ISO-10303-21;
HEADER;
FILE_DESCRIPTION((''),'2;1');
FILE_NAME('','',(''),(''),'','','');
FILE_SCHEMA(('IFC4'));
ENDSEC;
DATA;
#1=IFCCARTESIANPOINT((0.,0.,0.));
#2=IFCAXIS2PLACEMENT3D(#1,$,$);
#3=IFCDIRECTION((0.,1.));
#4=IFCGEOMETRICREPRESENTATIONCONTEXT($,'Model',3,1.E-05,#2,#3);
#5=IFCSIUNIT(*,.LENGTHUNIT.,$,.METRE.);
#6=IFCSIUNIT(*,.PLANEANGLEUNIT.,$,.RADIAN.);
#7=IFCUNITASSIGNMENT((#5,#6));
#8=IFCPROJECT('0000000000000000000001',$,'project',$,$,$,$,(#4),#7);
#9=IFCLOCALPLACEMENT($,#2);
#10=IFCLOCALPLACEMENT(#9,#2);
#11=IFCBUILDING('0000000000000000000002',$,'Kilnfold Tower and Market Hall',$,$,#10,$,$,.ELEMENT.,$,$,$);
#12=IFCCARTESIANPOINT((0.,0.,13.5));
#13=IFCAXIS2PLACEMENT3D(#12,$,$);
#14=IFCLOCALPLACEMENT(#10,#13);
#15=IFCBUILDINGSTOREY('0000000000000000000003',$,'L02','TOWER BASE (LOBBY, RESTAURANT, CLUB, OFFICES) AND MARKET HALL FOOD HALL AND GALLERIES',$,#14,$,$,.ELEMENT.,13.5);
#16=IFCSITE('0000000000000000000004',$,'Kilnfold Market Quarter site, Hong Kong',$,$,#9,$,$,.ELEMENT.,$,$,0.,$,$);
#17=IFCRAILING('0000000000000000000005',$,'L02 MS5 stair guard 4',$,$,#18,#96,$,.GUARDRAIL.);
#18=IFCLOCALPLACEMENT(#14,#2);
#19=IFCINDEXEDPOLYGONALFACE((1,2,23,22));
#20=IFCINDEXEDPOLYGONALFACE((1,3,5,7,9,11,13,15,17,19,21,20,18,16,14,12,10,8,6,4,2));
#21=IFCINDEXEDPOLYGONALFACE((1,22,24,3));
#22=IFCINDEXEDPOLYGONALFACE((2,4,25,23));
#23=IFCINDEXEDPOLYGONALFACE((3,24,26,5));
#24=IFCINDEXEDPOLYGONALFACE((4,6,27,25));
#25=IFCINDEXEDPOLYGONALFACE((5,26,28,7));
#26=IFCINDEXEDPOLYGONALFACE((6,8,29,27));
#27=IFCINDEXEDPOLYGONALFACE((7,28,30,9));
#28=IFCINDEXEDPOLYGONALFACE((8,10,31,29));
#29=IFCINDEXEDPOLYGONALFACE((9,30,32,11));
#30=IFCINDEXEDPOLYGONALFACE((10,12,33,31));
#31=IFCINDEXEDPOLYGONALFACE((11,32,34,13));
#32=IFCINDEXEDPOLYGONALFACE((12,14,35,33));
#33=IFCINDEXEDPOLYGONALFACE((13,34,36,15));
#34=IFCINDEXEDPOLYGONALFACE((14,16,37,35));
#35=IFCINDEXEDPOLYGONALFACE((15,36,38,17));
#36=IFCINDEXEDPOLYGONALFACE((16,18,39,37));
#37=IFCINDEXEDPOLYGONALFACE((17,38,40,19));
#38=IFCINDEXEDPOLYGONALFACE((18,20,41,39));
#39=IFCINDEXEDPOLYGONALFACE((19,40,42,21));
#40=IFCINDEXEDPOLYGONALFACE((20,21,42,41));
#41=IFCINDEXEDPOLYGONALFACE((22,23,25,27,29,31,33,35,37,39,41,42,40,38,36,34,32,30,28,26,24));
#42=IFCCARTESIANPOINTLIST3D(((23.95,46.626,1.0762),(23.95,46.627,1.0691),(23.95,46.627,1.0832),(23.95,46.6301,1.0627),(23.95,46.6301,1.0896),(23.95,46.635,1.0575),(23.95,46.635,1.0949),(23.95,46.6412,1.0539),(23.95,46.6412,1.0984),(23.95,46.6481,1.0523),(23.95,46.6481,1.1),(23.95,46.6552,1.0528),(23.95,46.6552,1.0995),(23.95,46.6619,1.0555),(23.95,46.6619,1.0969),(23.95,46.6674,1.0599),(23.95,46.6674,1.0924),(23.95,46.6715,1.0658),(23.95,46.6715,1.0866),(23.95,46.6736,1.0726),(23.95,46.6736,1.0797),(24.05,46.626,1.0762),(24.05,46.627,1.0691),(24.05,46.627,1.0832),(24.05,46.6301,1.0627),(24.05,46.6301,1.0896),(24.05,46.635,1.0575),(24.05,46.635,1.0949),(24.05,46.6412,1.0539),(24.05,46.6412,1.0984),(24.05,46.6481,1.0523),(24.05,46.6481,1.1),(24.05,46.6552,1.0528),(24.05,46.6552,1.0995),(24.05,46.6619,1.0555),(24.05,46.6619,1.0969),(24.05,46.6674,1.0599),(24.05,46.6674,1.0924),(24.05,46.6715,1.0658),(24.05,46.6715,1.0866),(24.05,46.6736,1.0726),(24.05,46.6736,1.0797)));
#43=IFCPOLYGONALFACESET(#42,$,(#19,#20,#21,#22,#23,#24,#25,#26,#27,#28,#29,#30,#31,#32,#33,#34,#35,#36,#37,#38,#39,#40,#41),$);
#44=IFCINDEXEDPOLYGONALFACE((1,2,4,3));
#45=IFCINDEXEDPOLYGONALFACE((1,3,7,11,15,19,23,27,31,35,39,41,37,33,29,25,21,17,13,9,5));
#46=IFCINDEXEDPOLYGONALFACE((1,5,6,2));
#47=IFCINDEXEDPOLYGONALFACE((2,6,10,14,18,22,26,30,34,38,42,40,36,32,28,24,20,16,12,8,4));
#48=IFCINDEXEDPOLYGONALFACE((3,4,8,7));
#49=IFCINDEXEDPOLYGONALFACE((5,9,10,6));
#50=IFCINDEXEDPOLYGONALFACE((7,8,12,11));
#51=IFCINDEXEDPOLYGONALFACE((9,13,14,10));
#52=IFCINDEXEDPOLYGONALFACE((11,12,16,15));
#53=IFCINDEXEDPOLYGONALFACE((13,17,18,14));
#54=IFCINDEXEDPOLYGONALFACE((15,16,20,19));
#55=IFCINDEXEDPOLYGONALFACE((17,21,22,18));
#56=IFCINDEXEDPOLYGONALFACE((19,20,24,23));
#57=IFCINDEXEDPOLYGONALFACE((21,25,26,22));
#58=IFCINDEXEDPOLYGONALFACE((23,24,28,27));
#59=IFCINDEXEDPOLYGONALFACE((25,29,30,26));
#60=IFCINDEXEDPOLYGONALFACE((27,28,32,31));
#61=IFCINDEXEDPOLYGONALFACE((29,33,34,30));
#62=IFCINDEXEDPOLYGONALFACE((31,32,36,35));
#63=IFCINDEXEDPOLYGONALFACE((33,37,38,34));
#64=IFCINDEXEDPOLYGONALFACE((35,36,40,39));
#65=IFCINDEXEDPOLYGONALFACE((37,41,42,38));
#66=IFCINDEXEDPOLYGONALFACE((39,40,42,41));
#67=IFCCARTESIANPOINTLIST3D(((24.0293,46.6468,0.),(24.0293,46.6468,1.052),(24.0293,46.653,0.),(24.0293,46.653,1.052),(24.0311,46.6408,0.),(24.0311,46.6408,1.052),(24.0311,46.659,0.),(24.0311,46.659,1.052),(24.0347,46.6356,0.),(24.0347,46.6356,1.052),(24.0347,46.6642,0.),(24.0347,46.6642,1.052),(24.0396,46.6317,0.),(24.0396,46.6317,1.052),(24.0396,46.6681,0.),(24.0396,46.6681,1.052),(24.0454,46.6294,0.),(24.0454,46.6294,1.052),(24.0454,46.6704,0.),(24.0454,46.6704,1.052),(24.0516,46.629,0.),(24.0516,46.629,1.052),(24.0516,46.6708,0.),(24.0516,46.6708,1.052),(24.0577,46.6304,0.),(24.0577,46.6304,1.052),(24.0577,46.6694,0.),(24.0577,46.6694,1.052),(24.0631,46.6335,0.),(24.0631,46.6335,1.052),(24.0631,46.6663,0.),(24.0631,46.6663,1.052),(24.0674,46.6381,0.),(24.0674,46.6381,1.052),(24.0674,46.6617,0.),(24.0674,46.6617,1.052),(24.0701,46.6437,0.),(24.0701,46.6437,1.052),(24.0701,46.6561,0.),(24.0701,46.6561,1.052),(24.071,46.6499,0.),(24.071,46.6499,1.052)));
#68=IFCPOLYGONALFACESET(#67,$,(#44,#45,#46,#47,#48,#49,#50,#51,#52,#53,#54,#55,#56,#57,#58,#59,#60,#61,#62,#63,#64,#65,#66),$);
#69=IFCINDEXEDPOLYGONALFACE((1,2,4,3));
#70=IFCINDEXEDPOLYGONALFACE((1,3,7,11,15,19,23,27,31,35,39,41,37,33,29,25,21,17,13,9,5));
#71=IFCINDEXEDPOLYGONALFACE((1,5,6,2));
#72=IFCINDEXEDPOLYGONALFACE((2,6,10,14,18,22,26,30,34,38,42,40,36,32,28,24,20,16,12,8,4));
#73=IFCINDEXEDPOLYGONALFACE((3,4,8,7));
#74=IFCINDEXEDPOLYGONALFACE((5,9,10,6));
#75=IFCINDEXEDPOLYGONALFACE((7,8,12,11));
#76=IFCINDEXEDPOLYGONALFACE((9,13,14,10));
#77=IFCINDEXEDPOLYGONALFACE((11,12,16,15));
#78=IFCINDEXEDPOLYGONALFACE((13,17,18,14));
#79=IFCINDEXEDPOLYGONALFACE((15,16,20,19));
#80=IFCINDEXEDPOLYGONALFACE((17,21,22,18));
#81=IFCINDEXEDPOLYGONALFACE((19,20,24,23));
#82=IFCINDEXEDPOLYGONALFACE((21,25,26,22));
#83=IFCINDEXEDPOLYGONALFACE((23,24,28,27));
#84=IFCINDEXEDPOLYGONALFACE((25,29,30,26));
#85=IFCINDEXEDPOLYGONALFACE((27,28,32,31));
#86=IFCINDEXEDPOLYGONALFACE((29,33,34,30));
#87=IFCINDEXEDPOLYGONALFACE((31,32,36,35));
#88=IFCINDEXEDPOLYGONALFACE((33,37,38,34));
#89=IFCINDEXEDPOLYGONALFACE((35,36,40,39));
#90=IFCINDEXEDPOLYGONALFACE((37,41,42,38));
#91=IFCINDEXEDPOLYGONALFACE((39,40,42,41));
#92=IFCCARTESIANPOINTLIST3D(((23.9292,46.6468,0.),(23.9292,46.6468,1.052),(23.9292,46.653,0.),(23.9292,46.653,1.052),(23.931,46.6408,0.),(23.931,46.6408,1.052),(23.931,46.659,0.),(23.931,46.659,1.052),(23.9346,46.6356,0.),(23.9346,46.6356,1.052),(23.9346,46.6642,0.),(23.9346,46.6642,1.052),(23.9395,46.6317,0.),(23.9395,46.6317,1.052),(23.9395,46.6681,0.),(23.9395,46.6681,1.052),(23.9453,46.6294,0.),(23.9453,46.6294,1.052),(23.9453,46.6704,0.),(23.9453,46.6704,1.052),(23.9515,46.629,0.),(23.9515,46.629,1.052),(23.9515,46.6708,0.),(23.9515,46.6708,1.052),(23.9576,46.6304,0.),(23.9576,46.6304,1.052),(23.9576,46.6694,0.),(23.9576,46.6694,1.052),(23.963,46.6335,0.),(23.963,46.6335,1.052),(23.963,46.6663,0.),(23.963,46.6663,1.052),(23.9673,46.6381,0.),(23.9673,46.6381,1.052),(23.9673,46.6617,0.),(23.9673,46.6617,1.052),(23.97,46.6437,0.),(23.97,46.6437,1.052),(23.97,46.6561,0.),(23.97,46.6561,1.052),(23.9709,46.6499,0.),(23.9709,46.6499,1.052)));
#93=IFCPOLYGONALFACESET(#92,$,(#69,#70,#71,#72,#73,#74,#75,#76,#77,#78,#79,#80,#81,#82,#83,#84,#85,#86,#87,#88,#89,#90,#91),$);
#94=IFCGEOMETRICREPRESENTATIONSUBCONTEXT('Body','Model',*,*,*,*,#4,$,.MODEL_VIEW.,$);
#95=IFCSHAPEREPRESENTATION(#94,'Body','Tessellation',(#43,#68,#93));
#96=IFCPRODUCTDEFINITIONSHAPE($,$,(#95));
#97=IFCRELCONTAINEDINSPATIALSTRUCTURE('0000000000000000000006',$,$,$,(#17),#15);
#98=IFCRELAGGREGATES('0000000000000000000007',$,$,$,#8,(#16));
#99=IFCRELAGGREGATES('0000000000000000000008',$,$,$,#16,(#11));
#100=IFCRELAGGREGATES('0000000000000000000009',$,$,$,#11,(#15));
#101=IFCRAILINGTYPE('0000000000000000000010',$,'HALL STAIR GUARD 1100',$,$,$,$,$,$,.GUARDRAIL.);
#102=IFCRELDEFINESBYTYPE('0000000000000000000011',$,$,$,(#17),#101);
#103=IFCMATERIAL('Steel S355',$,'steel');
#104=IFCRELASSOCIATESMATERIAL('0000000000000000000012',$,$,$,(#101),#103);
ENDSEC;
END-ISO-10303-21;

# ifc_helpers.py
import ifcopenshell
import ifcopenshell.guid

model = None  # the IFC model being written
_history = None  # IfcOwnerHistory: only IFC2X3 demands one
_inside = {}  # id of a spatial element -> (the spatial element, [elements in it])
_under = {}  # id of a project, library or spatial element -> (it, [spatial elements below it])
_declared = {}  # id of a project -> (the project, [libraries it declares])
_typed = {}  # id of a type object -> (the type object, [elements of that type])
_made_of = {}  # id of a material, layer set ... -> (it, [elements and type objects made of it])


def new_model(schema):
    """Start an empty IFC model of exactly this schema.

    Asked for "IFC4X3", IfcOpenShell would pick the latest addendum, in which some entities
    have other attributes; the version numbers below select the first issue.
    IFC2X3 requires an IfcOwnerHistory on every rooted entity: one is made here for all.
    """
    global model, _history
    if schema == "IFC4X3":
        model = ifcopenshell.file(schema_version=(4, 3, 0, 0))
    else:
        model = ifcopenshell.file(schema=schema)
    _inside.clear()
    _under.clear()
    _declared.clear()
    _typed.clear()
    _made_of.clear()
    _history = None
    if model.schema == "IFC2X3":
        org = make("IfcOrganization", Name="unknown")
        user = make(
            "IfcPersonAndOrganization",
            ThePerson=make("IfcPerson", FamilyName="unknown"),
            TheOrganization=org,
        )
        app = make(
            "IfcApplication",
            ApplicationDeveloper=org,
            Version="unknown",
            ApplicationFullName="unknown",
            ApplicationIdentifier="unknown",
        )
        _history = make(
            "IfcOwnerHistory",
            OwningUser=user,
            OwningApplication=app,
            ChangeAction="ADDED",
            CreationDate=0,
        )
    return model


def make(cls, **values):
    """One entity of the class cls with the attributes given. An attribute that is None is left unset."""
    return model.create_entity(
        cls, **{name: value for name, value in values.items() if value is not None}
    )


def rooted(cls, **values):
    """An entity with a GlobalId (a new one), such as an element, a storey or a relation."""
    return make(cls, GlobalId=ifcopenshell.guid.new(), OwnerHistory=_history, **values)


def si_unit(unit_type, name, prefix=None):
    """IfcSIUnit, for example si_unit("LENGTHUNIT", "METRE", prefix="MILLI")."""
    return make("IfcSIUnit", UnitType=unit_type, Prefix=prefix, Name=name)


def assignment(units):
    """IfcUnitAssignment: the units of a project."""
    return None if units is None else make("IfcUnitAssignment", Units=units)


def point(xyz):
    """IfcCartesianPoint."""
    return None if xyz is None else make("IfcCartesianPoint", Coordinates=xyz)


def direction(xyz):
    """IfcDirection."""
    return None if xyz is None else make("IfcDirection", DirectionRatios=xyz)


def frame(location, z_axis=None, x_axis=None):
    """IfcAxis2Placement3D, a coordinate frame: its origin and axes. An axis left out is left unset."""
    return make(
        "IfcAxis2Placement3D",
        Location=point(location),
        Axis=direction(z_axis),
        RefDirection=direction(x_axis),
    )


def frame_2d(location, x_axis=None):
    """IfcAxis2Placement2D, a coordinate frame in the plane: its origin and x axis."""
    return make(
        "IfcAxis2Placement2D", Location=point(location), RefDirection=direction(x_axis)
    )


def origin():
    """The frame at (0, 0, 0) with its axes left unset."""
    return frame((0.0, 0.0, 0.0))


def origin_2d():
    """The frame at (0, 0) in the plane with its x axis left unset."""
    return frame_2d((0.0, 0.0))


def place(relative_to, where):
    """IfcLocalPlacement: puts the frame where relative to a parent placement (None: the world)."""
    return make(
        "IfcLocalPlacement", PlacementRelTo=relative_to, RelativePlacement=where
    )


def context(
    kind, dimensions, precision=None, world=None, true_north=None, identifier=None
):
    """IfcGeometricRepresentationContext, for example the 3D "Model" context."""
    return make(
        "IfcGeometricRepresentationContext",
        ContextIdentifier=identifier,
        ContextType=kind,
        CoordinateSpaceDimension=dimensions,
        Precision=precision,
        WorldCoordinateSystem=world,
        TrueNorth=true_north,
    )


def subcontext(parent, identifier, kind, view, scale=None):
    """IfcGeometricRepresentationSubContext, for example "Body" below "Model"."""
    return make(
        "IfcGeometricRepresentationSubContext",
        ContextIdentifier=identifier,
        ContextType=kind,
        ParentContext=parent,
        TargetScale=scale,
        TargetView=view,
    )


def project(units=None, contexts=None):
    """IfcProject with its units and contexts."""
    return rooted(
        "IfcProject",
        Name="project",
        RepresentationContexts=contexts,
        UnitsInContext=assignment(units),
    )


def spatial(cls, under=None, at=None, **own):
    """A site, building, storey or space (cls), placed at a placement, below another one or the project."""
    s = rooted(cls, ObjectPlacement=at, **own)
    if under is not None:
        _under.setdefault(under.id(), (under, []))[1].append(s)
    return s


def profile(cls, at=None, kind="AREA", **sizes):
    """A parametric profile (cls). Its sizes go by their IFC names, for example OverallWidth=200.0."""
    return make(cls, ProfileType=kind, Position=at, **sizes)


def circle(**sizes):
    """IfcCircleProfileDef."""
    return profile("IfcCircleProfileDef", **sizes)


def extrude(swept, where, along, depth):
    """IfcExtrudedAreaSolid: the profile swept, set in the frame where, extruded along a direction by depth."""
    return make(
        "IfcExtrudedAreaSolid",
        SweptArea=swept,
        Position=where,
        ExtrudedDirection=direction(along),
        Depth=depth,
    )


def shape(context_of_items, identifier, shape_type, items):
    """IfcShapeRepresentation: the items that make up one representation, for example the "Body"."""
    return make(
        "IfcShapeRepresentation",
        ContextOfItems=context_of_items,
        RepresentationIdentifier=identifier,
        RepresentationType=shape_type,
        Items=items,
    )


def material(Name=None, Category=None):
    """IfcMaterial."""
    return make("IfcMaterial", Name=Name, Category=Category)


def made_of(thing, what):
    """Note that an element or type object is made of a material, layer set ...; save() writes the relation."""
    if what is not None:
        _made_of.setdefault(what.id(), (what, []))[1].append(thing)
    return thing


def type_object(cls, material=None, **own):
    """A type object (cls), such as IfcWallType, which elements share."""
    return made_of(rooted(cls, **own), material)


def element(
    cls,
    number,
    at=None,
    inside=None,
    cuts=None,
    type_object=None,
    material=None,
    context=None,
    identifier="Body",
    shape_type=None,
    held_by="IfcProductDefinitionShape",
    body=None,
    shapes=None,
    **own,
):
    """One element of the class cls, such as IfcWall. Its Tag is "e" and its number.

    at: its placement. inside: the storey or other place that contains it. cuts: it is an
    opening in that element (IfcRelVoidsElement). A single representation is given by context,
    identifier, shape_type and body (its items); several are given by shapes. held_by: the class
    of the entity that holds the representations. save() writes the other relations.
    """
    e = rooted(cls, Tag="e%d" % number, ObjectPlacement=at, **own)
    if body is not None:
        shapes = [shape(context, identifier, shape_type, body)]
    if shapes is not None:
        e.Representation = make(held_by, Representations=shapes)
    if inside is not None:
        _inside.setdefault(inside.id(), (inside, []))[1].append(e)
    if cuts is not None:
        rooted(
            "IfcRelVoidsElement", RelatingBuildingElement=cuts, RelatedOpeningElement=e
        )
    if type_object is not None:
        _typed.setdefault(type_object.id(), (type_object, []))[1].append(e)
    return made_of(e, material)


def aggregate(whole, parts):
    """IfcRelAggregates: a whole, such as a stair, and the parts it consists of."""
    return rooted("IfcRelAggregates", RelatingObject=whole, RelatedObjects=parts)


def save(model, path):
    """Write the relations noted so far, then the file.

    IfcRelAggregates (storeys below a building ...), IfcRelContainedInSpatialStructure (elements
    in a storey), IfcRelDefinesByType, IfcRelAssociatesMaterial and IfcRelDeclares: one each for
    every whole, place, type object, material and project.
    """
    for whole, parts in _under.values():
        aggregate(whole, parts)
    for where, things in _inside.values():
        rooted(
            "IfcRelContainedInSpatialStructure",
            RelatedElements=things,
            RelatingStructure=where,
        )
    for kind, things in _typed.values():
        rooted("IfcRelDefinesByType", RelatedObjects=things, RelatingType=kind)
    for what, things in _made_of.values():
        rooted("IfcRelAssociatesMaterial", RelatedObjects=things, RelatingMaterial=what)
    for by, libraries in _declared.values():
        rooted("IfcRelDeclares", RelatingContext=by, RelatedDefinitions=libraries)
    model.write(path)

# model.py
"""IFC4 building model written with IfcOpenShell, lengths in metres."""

from ifc_helpers import new_model, si_unit, direction, frame, origin, origin_2d, place, context, subcontext, project, spatial, circle, extrude, material, type_object, element, save


model = new_model("IFC4")

# Units and contexts
model_context = context("Model", 3, precision=1e-05, world=origin(), true_north=direction((0.0, 1.0)))
body_context = subcontext(model_context, "Body", "Model", "MODEL_VIEW")
ifc_project = project(units=[si_unit("LENGTHUNIT", "METRE"), si_unit("PLANEANGLEUNIT", "RADIAN")], contexts=[model_context])

# Site, building, storey
site_placement = place(None, origin())
site = spatial("IfcSite", under=ifc_project, at=site_placement, Name="Kilnfold Market Quarter site, Hong Kong", CompositionType="ELEMENT", RefElevation=0.0)
building_placement = place(site_placement, origin())
building = spatial("IfcBuilding", under=site, at=building_placement, Name="Kilnfold Tower and Market Hall", CompositionType="ELEMENT")
storey_placement = place(building_placement, frame((0.0, 0.0, 13.5)))
storey = spatial("IfcBuildingStorey", under=building, at=storey_placement, Name="L02", Description="TOWER BASE (LOBBY, RESTAURANT, CLUB, OFFICES) AND MARKET HALL FOOD HALL AND GALLERIES", CompositionType="ELEMENT", Elevation=13.5)

# Railing
ifc_material_1 = material(Name="Steel S355", Category="steel")
railing_type_1 = type_object("IfcRailingType", Name="HALL STAIR GUARD 1100", PredefinedType="GUARDRAIL", material=ifc_material_1)
railing_1_placement = place(storey_placement, frame((24.05, 46.6499, 0.0)))
element("IfcRailing", 1, at=railing_1_placement, inside=storey, type_object=railing_type_1, Name="L02 MS5 stair guard 4", PredefinedType="GUARDRAIL", context=body_context, shape_type="SweptSolid", body=[
    extrude(circle(Radius=0.0239, at=origin_2d()), frame((0.0, 0.0, 1.0762), z_axis=(-1.0, 0.0, 0.0), x_axis=(0.0, -1.0, 0.0)), (0.0, 0.0, 1.0), 0.1001),
    extrude(circle(Radius=0.021, at=origin_2d()), origin(), (0.0, 0.0, 1.0), 1.052),
    extrude(circle(Radius=0.021, at=origin_2d()), frame((-0.1001, 0.0, 0.0)), (0.0, 0.0, 1.0), 1.052),
])

save(model, "model.ifc")
